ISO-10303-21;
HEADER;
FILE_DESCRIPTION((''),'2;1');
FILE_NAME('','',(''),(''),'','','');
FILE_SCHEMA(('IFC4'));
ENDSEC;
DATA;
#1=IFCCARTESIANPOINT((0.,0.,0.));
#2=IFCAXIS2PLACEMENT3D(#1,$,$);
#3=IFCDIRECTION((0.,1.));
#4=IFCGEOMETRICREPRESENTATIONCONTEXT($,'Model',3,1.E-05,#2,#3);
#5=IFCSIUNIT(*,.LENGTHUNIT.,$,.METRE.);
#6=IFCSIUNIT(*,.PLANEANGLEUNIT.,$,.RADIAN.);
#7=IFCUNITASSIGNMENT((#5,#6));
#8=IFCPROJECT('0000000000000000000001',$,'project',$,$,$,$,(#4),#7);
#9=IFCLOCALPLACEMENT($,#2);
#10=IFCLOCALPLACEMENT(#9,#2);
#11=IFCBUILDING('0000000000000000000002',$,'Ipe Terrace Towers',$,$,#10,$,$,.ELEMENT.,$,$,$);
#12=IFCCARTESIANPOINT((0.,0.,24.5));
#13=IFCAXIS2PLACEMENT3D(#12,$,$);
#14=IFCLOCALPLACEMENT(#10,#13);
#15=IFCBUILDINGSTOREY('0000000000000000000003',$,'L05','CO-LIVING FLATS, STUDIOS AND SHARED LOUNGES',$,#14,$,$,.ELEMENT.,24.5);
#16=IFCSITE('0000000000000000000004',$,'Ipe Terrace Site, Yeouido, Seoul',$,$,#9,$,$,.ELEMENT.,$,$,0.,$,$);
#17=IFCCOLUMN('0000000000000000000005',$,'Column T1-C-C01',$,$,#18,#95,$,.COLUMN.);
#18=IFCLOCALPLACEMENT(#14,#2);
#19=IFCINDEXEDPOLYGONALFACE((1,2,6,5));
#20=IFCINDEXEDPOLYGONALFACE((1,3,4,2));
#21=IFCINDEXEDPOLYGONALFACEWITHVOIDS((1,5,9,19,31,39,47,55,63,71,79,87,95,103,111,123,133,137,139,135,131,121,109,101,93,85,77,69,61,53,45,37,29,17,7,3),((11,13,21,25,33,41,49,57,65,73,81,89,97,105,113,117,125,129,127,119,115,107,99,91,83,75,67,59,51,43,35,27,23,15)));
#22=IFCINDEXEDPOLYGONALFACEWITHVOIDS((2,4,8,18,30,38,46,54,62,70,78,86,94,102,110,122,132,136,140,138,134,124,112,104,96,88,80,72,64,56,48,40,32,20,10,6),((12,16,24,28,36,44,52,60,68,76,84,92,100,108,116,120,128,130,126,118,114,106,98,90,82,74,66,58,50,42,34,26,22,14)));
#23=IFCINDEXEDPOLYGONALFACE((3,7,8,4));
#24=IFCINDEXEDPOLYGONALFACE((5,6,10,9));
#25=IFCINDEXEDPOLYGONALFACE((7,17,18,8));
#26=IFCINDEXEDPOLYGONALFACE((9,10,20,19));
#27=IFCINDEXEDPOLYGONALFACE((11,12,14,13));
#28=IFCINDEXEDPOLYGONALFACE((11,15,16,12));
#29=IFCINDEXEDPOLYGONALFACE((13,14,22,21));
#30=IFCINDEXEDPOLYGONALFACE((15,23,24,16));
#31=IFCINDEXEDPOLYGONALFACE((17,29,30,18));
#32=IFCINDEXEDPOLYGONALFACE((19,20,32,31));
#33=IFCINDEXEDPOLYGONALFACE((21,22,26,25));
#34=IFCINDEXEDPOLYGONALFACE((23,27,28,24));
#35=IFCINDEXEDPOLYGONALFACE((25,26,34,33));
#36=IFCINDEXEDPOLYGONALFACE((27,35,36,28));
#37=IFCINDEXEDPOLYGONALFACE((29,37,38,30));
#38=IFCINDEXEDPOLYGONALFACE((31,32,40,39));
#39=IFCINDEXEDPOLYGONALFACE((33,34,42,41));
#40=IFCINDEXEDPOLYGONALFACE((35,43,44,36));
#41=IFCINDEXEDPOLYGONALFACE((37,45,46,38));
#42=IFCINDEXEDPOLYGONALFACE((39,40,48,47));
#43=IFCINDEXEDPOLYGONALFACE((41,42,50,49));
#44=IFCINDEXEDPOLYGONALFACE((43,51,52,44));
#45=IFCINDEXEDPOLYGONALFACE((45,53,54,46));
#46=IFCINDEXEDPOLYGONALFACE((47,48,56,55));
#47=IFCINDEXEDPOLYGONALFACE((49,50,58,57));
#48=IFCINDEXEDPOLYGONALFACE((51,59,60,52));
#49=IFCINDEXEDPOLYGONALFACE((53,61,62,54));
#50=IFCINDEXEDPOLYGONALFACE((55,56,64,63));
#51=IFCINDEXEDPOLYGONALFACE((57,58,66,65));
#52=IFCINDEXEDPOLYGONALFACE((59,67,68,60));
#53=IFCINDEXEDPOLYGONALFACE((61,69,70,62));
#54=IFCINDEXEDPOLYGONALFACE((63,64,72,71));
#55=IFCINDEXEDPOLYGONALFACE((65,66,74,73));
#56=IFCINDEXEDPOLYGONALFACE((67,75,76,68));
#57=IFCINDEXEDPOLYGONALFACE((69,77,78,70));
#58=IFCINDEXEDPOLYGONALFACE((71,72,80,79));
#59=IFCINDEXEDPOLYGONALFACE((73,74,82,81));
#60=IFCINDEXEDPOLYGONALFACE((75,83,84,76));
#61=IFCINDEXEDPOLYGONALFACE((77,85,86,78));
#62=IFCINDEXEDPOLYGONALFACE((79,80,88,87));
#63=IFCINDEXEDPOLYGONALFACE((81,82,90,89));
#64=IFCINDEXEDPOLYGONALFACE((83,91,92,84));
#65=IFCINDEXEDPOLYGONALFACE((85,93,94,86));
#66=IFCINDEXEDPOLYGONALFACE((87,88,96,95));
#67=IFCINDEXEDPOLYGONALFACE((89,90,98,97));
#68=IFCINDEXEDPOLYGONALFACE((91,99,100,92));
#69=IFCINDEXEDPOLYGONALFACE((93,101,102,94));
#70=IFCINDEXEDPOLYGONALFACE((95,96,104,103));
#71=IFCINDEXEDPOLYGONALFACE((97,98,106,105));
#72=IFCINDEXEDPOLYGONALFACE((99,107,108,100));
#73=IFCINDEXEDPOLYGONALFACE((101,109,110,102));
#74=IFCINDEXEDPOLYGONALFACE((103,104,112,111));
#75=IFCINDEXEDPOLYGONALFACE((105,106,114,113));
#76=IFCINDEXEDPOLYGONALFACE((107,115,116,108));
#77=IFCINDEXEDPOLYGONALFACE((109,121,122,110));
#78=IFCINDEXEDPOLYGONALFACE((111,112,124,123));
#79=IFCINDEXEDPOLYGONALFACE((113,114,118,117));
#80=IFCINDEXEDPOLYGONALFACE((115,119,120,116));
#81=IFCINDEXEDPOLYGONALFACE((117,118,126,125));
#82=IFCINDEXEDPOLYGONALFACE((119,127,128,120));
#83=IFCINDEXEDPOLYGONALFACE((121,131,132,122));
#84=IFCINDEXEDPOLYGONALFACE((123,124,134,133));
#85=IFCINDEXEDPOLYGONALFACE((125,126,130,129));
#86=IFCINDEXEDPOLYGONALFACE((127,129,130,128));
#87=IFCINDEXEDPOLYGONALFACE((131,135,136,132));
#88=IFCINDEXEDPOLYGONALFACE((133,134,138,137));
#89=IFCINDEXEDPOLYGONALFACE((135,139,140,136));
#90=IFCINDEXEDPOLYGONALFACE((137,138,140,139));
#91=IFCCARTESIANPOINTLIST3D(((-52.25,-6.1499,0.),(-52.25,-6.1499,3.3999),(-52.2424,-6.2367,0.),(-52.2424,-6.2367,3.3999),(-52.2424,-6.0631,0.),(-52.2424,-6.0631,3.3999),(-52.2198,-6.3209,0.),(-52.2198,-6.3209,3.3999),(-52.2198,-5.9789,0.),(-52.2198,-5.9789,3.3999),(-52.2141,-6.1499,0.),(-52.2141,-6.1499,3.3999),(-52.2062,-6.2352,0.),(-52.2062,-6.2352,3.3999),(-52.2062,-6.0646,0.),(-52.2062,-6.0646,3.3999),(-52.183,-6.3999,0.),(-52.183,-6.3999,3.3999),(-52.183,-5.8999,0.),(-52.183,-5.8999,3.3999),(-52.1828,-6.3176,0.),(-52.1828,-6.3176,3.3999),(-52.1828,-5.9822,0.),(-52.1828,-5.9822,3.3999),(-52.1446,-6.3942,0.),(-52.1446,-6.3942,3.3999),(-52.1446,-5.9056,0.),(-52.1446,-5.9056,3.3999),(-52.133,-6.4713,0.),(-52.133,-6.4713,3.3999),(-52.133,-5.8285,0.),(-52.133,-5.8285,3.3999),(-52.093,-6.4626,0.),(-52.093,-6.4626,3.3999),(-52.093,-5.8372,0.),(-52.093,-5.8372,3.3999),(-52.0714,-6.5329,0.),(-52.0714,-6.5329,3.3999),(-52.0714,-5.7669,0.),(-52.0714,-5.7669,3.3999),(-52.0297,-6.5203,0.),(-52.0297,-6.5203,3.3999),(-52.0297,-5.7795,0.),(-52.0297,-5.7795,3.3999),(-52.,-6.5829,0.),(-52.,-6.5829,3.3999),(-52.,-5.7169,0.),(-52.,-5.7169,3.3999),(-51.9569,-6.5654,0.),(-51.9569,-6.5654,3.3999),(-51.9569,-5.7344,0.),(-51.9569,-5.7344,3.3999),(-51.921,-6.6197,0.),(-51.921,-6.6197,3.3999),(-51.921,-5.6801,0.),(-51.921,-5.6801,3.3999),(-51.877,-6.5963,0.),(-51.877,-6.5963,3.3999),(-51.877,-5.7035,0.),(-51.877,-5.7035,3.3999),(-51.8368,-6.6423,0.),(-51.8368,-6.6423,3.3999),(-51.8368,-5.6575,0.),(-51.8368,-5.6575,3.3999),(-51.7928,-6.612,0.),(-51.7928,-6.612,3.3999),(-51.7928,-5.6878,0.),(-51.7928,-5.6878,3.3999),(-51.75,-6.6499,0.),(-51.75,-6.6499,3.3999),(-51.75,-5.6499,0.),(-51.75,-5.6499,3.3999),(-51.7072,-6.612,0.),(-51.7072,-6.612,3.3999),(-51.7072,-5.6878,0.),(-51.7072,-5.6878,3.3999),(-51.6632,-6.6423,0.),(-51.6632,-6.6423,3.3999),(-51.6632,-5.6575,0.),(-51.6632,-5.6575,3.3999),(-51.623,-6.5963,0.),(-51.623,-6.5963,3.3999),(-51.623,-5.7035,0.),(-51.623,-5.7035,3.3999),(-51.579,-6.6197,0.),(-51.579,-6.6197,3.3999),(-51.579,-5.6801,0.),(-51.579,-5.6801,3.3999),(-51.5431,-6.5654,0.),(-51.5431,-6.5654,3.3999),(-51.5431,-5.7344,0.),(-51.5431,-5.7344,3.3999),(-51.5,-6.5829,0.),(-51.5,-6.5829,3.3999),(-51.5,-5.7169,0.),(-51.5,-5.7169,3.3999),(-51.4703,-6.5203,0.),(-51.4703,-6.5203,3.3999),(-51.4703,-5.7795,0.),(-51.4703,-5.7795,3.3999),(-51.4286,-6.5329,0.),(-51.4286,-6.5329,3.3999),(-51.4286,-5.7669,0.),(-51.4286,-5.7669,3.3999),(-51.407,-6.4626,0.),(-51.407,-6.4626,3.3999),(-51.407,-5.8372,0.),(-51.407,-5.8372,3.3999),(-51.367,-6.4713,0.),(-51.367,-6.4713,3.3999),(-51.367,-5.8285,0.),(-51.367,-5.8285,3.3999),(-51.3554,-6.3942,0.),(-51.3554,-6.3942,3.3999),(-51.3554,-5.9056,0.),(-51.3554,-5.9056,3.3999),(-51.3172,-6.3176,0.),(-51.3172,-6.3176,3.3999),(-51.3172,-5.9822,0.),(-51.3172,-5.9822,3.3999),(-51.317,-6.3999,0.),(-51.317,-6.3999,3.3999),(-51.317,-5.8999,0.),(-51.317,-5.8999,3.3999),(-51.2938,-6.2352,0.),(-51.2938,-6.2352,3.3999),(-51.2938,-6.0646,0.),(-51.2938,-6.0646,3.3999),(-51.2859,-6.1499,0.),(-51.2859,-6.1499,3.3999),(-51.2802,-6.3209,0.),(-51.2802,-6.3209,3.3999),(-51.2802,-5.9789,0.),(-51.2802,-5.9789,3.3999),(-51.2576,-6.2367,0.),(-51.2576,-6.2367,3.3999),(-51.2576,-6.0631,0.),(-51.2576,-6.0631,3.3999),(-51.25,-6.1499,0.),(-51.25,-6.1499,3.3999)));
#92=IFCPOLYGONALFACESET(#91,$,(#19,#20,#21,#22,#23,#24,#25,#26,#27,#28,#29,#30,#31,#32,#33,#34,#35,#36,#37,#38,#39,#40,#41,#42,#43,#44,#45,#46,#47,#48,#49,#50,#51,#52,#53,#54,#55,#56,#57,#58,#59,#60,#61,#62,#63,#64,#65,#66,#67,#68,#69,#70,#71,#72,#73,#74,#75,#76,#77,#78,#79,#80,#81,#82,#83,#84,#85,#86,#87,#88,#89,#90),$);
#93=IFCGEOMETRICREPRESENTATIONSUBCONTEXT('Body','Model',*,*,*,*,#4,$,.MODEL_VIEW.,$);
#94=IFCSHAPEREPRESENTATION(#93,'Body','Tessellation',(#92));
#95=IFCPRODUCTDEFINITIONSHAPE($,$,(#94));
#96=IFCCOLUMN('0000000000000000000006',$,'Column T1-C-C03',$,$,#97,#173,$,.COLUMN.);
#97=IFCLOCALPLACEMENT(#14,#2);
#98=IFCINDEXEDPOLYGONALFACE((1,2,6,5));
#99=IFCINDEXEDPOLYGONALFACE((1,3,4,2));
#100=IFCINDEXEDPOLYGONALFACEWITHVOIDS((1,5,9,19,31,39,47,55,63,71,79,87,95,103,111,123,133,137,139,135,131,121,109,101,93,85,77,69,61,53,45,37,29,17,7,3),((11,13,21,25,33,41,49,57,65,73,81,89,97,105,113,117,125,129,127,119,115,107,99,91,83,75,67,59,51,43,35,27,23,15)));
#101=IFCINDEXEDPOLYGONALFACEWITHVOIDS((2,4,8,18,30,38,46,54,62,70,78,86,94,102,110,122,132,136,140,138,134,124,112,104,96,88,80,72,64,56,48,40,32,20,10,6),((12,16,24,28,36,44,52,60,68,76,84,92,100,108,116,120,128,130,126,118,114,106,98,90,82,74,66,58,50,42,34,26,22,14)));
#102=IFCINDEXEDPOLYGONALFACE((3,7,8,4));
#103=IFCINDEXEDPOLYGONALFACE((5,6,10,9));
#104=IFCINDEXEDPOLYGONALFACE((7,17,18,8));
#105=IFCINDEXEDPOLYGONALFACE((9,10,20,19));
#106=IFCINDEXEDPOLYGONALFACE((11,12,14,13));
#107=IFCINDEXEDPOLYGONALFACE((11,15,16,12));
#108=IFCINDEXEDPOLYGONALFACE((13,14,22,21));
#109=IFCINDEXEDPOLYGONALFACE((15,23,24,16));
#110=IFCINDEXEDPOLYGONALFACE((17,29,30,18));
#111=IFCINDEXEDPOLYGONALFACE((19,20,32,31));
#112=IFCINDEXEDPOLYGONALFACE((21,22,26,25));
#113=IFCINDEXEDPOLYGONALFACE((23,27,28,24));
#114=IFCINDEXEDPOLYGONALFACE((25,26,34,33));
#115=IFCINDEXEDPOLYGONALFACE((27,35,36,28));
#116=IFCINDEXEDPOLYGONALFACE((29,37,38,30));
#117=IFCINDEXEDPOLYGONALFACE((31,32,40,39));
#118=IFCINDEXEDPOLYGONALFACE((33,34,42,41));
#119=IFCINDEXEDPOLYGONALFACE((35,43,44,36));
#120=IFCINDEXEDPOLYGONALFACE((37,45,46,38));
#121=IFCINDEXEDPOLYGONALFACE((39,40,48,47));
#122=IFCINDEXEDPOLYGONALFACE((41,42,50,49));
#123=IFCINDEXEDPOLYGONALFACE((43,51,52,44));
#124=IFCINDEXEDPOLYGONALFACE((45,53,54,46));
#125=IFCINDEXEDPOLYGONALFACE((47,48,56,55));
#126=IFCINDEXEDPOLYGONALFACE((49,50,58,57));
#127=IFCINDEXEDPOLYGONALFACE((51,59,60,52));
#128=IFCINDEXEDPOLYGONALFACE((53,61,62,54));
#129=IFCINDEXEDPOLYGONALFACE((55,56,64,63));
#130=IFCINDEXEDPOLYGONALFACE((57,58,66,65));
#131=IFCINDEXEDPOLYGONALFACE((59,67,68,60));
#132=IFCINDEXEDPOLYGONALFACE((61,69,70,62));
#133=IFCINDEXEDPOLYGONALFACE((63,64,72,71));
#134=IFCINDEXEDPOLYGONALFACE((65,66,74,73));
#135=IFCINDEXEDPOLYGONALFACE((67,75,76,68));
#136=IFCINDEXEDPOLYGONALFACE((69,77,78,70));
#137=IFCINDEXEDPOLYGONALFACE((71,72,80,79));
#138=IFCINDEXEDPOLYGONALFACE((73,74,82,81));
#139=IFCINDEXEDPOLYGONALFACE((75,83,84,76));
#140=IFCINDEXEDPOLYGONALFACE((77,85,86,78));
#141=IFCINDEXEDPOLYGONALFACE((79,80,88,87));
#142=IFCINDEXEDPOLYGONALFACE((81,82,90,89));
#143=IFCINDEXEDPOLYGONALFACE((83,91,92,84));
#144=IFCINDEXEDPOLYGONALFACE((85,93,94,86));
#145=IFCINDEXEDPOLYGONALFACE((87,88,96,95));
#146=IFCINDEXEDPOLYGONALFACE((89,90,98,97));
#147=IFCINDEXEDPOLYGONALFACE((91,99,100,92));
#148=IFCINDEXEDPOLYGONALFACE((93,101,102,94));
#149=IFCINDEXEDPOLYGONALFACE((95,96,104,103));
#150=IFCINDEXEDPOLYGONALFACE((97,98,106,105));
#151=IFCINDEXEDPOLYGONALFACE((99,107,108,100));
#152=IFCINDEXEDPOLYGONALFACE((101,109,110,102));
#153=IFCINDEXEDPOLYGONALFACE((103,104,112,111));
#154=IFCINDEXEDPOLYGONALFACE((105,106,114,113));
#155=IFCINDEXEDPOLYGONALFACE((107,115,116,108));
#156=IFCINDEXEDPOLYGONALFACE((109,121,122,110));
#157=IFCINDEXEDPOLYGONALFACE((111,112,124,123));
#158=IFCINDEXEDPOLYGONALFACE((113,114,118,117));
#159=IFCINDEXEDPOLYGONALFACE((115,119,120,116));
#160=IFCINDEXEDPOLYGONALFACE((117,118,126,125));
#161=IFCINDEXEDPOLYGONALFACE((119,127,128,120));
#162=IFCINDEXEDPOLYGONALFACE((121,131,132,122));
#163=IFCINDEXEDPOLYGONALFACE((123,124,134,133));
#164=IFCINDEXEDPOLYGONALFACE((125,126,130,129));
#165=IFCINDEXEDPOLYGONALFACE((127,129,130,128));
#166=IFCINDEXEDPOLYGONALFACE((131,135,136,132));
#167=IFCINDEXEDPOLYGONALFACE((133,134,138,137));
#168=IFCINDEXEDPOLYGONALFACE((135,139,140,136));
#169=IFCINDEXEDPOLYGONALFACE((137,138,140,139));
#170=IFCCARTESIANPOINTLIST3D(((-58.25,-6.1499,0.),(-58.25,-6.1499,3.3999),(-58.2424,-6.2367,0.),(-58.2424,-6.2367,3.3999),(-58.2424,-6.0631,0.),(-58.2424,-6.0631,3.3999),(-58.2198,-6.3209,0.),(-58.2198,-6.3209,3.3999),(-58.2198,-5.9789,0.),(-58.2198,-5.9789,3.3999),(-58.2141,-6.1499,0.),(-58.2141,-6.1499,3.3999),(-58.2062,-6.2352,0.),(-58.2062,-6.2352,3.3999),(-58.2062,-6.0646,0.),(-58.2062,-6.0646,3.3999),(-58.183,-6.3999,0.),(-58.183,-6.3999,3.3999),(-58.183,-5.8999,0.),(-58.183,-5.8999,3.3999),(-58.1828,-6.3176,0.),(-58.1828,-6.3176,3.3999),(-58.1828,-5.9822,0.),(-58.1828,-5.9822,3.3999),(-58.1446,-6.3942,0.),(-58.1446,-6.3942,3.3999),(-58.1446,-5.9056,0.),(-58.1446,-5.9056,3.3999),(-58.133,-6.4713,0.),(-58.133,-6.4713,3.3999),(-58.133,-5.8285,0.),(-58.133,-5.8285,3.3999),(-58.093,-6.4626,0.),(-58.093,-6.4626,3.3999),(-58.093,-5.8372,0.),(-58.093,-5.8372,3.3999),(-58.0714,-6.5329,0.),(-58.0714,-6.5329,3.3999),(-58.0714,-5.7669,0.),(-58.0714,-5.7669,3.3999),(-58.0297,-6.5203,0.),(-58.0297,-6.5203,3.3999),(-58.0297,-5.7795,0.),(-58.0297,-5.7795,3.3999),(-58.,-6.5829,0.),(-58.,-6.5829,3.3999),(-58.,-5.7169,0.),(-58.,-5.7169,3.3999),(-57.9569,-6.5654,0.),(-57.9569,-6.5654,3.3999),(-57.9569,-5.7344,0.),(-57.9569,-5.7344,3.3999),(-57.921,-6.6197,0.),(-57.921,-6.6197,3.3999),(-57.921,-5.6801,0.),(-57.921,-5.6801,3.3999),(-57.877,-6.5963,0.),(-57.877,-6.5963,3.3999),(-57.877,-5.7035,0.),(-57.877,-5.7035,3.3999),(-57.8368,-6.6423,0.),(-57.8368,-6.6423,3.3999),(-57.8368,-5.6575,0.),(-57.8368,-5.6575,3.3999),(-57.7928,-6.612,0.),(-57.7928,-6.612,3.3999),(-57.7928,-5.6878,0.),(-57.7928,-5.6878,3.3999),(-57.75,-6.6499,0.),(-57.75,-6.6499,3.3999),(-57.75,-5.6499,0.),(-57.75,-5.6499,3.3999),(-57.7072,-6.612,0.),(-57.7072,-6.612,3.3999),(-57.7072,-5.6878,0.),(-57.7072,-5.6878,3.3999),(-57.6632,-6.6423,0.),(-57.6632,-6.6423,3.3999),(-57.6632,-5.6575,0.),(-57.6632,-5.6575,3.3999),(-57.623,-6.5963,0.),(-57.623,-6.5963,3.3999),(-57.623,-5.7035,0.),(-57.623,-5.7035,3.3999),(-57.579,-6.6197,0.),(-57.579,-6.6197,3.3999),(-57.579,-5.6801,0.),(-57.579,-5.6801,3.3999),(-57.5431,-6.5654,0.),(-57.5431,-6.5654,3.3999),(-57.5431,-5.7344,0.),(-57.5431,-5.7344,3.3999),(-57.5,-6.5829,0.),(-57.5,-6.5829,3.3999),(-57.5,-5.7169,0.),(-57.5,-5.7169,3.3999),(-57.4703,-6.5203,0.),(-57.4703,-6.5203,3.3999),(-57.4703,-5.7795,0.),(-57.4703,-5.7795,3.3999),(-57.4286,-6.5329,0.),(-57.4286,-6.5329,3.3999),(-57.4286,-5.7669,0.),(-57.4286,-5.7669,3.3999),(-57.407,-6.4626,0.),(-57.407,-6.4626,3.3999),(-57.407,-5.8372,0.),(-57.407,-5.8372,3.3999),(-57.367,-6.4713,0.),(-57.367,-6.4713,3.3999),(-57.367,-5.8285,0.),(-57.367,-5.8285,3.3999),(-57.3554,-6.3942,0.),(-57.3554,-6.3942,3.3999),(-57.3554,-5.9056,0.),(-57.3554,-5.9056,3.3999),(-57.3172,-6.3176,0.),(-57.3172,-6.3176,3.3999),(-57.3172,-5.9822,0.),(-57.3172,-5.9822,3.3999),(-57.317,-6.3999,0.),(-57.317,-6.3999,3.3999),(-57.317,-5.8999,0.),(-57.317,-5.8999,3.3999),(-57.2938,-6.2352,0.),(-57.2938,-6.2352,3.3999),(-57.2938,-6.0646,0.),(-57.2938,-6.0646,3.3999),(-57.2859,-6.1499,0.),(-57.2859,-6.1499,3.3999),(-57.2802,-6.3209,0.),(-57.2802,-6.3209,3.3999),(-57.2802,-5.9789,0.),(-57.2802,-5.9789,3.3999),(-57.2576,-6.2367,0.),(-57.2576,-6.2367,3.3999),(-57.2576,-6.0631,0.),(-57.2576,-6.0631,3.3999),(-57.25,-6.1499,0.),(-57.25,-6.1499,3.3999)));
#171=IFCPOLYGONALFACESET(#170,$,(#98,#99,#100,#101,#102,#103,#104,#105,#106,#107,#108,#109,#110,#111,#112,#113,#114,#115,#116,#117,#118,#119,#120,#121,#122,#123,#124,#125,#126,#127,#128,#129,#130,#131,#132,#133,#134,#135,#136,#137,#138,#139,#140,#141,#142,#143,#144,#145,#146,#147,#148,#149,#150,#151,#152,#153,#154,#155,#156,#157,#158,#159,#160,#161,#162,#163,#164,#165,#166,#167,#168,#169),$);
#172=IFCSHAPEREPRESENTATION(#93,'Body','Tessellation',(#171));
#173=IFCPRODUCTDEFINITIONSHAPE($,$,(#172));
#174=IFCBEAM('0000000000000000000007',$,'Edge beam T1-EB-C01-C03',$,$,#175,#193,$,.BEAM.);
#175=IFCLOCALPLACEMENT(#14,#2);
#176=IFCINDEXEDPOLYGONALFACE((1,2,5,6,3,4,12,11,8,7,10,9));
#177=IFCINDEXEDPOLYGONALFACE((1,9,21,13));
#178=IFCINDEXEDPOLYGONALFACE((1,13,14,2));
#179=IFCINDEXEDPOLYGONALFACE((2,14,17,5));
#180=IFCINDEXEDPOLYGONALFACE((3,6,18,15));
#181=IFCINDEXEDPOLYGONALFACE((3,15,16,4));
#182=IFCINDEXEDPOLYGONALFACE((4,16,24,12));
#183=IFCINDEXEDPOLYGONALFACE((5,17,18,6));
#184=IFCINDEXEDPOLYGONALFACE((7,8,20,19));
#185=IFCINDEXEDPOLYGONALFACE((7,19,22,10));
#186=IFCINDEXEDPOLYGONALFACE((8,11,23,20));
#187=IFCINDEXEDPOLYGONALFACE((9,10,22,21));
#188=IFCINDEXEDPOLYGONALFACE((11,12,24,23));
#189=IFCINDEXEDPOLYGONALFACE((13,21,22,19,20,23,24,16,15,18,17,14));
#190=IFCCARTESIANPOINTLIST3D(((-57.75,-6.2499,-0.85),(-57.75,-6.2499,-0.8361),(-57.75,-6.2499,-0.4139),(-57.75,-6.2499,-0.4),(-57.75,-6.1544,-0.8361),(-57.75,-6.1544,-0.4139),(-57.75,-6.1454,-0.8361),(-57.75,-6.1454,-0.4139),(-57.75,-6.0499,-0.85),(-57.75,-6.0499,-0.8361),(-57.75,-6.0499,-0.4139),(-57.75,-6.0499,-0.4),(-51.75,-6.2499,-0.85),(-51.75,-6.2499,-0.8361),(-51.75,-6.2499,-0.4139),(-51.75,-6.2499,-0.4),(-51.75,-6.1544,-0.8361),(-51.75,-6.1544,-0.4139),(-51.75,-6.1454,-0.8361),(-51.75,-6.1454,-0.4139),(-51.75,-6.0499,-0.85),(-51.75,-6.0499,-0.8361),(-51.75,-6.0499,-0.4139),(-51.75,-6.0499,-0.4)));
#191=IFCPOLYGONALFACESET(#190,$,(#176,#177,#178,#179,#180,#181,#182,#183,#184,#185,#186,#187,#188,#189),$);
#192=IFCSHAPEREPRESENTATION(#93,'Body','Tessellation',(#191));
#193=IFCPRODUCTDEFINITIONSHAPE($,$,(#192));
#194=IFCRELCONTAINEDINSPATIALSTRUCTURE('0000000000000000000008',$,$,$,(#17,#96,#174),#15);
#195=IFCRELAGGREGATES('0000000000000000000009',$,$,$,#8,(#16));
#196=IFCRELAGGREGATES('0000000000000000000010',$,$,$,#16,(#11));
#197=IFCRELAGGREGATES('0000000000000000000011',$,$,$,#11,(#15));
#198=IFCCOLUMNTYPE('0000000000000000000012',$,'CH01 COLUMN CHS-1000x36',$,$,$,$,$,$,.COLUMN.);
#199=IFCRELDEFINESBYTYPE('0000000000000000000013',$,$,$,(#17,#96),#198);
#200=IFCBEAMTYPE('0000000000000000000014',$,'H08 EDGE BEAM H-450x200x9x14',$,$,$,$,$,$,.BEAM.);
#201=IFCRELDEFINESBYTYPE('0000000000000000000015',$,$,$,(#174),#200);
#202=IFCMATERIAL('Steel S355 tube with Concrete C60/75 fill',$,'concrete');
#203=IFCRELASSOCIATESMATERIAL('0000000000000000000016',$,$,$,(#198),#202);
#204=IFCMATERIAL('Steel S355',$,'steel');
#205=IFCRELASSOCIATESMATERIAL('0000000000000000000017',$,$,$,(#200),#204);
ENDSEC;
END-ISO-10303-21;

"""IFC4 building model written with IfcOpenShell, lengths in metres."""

from ifc_helpers import new_model, si_unit, direction, frame, origin, origin_2d, place, context, subcontext, project, spatial, hollow_circle, i_section, extrude, material, material_profile, profile_set, type_object, element, save


model = new_model("IFC4")

# Units and contexts
model_context = context("Model", 3, precision=1e-05, world=origin(), true_north=direction((0.0, 1.0)))
body_context = subcontext(model_context, "Body", "Model", "MODEL_VIEW")
ifc_project = project(units=[si_unit("LENGTHUNIT", "METRE"), si_unit("PLANEANGLEUNIT", "RADIAN")], contexts=[model_context])

# Site, building, storey
site_placement = place(None, origin())
site = spatial("IfcSite", under=ifc_project, at=site_placement, Name="Ipe Terrace Site, Yeouido, Seoul", CompositionType="ELEMENT", RefElevation=0.0)
building_placement = place(site_placement, origin())
building = spatial("IfcBuilding", under=site, at=building_placement, Name="Ipe Terrace Towers", CompositionType="ELEMENT")
storey_placement = place(building_placement, frame((0.0, 0.0, 24.5)))
storey = spatial("IfcBuildingStorey", under=building, at=storey_placement, Name="L05", Description="CO-LIVING FLATS, STUDIOS AND SHARED LOUNGES", CompositionType="ELEMENT", Elevation=24.5)

# Columns
ifc_material_1 = material(Name="Steel S355 tube with Concrete C60/75 fill", Category="concrete")
ifc_material_profile_1 = material_profile(ifc_material_1, hollow_circle(Radius=0.5, WallThickness=0.0359, at=origin_2d()), Name="CHS-1000x36")
ifc_profile_set_1 = profile_set([ifc_material_profile_1], Name="Steel S355 tube with Concrete C60/75 fill")
column_type = type_object("IfcColumnType", Name="CH01 COLUMN CHS-1000x36", PredefinedType="COLUMN", material=ifc_profile_set_1)
for number, where, z_axis, x_axis, name in (
    (1, (-51.75, -6.1499, 0.0), (0.0, 0.0, 1.0), (1.0, 0.0, 0.0), "Column T1-C-C01"),
    (2, (-57.75, -6.1499, 0.0), (0.0, 0.0, 1.0), (1.0, 0.0, 0.0), "Column T1-C-C03"),
):
    element("IfcColumn", number, at=place(storey_placement, frame(where, z_axis=z_axis, x_axis=x_axis)), inside=storey, type_object=column_type, Name=name, PredefinedType="COLUMN", context=body_context, shape_type="SweptSolid", body=[
        extrude(hollow_circle(Radius=0.5, WallThickness=0.0359, at=origin_2d()), origin(), (0.0, 0.0, 1.0), 3.3999),
    ])

# Beam
ifc_material_2 = material(Name="Steel S355", Category="steel")
ifc_material_profile_2 = material_profile(ifc_material_2, i_section(OverallWidth=0.2, OverallDepth=0.45, WebThickness=0.009, FlangeThickness=0.0139, at=origin_2d()), Name="H-450x200x9x14")
ifc_profile_set_2 = profile_set([ifc_material_profile_2], Name="Steel S355")
beam_type_1 = type_object("IfcBeamType", Name="H08 EDGE BEAM H-450x200x9x14", PredefinedType="BEAM", material=ifc_profile_set_2)
beam_1_placement = place(storey_placement, frame((-51.75, -6.1499, -0.625), z_axis=(-1.0, 0.0, 0.0), x_axis=(0.0, -1.0, 0.0)))
element("IfcBeam", 3, at=beam_1_placement, inside=storey, type_object=beam_type_1, Name="Edge beam T1-EB-C01-C03", PredefinedType="BEAM", context=body_context, shape_type="SweptSolid", body=[
    extrude(i_section(OverallWidth=0.2, OverallDepth=0.45, WebThickness=0.009, FlangeThickness=0.0139, at=origin_2d()), origin(), (0.0, 0.0, 1.0), 6.0),
])

save(model, "model.ifc")
